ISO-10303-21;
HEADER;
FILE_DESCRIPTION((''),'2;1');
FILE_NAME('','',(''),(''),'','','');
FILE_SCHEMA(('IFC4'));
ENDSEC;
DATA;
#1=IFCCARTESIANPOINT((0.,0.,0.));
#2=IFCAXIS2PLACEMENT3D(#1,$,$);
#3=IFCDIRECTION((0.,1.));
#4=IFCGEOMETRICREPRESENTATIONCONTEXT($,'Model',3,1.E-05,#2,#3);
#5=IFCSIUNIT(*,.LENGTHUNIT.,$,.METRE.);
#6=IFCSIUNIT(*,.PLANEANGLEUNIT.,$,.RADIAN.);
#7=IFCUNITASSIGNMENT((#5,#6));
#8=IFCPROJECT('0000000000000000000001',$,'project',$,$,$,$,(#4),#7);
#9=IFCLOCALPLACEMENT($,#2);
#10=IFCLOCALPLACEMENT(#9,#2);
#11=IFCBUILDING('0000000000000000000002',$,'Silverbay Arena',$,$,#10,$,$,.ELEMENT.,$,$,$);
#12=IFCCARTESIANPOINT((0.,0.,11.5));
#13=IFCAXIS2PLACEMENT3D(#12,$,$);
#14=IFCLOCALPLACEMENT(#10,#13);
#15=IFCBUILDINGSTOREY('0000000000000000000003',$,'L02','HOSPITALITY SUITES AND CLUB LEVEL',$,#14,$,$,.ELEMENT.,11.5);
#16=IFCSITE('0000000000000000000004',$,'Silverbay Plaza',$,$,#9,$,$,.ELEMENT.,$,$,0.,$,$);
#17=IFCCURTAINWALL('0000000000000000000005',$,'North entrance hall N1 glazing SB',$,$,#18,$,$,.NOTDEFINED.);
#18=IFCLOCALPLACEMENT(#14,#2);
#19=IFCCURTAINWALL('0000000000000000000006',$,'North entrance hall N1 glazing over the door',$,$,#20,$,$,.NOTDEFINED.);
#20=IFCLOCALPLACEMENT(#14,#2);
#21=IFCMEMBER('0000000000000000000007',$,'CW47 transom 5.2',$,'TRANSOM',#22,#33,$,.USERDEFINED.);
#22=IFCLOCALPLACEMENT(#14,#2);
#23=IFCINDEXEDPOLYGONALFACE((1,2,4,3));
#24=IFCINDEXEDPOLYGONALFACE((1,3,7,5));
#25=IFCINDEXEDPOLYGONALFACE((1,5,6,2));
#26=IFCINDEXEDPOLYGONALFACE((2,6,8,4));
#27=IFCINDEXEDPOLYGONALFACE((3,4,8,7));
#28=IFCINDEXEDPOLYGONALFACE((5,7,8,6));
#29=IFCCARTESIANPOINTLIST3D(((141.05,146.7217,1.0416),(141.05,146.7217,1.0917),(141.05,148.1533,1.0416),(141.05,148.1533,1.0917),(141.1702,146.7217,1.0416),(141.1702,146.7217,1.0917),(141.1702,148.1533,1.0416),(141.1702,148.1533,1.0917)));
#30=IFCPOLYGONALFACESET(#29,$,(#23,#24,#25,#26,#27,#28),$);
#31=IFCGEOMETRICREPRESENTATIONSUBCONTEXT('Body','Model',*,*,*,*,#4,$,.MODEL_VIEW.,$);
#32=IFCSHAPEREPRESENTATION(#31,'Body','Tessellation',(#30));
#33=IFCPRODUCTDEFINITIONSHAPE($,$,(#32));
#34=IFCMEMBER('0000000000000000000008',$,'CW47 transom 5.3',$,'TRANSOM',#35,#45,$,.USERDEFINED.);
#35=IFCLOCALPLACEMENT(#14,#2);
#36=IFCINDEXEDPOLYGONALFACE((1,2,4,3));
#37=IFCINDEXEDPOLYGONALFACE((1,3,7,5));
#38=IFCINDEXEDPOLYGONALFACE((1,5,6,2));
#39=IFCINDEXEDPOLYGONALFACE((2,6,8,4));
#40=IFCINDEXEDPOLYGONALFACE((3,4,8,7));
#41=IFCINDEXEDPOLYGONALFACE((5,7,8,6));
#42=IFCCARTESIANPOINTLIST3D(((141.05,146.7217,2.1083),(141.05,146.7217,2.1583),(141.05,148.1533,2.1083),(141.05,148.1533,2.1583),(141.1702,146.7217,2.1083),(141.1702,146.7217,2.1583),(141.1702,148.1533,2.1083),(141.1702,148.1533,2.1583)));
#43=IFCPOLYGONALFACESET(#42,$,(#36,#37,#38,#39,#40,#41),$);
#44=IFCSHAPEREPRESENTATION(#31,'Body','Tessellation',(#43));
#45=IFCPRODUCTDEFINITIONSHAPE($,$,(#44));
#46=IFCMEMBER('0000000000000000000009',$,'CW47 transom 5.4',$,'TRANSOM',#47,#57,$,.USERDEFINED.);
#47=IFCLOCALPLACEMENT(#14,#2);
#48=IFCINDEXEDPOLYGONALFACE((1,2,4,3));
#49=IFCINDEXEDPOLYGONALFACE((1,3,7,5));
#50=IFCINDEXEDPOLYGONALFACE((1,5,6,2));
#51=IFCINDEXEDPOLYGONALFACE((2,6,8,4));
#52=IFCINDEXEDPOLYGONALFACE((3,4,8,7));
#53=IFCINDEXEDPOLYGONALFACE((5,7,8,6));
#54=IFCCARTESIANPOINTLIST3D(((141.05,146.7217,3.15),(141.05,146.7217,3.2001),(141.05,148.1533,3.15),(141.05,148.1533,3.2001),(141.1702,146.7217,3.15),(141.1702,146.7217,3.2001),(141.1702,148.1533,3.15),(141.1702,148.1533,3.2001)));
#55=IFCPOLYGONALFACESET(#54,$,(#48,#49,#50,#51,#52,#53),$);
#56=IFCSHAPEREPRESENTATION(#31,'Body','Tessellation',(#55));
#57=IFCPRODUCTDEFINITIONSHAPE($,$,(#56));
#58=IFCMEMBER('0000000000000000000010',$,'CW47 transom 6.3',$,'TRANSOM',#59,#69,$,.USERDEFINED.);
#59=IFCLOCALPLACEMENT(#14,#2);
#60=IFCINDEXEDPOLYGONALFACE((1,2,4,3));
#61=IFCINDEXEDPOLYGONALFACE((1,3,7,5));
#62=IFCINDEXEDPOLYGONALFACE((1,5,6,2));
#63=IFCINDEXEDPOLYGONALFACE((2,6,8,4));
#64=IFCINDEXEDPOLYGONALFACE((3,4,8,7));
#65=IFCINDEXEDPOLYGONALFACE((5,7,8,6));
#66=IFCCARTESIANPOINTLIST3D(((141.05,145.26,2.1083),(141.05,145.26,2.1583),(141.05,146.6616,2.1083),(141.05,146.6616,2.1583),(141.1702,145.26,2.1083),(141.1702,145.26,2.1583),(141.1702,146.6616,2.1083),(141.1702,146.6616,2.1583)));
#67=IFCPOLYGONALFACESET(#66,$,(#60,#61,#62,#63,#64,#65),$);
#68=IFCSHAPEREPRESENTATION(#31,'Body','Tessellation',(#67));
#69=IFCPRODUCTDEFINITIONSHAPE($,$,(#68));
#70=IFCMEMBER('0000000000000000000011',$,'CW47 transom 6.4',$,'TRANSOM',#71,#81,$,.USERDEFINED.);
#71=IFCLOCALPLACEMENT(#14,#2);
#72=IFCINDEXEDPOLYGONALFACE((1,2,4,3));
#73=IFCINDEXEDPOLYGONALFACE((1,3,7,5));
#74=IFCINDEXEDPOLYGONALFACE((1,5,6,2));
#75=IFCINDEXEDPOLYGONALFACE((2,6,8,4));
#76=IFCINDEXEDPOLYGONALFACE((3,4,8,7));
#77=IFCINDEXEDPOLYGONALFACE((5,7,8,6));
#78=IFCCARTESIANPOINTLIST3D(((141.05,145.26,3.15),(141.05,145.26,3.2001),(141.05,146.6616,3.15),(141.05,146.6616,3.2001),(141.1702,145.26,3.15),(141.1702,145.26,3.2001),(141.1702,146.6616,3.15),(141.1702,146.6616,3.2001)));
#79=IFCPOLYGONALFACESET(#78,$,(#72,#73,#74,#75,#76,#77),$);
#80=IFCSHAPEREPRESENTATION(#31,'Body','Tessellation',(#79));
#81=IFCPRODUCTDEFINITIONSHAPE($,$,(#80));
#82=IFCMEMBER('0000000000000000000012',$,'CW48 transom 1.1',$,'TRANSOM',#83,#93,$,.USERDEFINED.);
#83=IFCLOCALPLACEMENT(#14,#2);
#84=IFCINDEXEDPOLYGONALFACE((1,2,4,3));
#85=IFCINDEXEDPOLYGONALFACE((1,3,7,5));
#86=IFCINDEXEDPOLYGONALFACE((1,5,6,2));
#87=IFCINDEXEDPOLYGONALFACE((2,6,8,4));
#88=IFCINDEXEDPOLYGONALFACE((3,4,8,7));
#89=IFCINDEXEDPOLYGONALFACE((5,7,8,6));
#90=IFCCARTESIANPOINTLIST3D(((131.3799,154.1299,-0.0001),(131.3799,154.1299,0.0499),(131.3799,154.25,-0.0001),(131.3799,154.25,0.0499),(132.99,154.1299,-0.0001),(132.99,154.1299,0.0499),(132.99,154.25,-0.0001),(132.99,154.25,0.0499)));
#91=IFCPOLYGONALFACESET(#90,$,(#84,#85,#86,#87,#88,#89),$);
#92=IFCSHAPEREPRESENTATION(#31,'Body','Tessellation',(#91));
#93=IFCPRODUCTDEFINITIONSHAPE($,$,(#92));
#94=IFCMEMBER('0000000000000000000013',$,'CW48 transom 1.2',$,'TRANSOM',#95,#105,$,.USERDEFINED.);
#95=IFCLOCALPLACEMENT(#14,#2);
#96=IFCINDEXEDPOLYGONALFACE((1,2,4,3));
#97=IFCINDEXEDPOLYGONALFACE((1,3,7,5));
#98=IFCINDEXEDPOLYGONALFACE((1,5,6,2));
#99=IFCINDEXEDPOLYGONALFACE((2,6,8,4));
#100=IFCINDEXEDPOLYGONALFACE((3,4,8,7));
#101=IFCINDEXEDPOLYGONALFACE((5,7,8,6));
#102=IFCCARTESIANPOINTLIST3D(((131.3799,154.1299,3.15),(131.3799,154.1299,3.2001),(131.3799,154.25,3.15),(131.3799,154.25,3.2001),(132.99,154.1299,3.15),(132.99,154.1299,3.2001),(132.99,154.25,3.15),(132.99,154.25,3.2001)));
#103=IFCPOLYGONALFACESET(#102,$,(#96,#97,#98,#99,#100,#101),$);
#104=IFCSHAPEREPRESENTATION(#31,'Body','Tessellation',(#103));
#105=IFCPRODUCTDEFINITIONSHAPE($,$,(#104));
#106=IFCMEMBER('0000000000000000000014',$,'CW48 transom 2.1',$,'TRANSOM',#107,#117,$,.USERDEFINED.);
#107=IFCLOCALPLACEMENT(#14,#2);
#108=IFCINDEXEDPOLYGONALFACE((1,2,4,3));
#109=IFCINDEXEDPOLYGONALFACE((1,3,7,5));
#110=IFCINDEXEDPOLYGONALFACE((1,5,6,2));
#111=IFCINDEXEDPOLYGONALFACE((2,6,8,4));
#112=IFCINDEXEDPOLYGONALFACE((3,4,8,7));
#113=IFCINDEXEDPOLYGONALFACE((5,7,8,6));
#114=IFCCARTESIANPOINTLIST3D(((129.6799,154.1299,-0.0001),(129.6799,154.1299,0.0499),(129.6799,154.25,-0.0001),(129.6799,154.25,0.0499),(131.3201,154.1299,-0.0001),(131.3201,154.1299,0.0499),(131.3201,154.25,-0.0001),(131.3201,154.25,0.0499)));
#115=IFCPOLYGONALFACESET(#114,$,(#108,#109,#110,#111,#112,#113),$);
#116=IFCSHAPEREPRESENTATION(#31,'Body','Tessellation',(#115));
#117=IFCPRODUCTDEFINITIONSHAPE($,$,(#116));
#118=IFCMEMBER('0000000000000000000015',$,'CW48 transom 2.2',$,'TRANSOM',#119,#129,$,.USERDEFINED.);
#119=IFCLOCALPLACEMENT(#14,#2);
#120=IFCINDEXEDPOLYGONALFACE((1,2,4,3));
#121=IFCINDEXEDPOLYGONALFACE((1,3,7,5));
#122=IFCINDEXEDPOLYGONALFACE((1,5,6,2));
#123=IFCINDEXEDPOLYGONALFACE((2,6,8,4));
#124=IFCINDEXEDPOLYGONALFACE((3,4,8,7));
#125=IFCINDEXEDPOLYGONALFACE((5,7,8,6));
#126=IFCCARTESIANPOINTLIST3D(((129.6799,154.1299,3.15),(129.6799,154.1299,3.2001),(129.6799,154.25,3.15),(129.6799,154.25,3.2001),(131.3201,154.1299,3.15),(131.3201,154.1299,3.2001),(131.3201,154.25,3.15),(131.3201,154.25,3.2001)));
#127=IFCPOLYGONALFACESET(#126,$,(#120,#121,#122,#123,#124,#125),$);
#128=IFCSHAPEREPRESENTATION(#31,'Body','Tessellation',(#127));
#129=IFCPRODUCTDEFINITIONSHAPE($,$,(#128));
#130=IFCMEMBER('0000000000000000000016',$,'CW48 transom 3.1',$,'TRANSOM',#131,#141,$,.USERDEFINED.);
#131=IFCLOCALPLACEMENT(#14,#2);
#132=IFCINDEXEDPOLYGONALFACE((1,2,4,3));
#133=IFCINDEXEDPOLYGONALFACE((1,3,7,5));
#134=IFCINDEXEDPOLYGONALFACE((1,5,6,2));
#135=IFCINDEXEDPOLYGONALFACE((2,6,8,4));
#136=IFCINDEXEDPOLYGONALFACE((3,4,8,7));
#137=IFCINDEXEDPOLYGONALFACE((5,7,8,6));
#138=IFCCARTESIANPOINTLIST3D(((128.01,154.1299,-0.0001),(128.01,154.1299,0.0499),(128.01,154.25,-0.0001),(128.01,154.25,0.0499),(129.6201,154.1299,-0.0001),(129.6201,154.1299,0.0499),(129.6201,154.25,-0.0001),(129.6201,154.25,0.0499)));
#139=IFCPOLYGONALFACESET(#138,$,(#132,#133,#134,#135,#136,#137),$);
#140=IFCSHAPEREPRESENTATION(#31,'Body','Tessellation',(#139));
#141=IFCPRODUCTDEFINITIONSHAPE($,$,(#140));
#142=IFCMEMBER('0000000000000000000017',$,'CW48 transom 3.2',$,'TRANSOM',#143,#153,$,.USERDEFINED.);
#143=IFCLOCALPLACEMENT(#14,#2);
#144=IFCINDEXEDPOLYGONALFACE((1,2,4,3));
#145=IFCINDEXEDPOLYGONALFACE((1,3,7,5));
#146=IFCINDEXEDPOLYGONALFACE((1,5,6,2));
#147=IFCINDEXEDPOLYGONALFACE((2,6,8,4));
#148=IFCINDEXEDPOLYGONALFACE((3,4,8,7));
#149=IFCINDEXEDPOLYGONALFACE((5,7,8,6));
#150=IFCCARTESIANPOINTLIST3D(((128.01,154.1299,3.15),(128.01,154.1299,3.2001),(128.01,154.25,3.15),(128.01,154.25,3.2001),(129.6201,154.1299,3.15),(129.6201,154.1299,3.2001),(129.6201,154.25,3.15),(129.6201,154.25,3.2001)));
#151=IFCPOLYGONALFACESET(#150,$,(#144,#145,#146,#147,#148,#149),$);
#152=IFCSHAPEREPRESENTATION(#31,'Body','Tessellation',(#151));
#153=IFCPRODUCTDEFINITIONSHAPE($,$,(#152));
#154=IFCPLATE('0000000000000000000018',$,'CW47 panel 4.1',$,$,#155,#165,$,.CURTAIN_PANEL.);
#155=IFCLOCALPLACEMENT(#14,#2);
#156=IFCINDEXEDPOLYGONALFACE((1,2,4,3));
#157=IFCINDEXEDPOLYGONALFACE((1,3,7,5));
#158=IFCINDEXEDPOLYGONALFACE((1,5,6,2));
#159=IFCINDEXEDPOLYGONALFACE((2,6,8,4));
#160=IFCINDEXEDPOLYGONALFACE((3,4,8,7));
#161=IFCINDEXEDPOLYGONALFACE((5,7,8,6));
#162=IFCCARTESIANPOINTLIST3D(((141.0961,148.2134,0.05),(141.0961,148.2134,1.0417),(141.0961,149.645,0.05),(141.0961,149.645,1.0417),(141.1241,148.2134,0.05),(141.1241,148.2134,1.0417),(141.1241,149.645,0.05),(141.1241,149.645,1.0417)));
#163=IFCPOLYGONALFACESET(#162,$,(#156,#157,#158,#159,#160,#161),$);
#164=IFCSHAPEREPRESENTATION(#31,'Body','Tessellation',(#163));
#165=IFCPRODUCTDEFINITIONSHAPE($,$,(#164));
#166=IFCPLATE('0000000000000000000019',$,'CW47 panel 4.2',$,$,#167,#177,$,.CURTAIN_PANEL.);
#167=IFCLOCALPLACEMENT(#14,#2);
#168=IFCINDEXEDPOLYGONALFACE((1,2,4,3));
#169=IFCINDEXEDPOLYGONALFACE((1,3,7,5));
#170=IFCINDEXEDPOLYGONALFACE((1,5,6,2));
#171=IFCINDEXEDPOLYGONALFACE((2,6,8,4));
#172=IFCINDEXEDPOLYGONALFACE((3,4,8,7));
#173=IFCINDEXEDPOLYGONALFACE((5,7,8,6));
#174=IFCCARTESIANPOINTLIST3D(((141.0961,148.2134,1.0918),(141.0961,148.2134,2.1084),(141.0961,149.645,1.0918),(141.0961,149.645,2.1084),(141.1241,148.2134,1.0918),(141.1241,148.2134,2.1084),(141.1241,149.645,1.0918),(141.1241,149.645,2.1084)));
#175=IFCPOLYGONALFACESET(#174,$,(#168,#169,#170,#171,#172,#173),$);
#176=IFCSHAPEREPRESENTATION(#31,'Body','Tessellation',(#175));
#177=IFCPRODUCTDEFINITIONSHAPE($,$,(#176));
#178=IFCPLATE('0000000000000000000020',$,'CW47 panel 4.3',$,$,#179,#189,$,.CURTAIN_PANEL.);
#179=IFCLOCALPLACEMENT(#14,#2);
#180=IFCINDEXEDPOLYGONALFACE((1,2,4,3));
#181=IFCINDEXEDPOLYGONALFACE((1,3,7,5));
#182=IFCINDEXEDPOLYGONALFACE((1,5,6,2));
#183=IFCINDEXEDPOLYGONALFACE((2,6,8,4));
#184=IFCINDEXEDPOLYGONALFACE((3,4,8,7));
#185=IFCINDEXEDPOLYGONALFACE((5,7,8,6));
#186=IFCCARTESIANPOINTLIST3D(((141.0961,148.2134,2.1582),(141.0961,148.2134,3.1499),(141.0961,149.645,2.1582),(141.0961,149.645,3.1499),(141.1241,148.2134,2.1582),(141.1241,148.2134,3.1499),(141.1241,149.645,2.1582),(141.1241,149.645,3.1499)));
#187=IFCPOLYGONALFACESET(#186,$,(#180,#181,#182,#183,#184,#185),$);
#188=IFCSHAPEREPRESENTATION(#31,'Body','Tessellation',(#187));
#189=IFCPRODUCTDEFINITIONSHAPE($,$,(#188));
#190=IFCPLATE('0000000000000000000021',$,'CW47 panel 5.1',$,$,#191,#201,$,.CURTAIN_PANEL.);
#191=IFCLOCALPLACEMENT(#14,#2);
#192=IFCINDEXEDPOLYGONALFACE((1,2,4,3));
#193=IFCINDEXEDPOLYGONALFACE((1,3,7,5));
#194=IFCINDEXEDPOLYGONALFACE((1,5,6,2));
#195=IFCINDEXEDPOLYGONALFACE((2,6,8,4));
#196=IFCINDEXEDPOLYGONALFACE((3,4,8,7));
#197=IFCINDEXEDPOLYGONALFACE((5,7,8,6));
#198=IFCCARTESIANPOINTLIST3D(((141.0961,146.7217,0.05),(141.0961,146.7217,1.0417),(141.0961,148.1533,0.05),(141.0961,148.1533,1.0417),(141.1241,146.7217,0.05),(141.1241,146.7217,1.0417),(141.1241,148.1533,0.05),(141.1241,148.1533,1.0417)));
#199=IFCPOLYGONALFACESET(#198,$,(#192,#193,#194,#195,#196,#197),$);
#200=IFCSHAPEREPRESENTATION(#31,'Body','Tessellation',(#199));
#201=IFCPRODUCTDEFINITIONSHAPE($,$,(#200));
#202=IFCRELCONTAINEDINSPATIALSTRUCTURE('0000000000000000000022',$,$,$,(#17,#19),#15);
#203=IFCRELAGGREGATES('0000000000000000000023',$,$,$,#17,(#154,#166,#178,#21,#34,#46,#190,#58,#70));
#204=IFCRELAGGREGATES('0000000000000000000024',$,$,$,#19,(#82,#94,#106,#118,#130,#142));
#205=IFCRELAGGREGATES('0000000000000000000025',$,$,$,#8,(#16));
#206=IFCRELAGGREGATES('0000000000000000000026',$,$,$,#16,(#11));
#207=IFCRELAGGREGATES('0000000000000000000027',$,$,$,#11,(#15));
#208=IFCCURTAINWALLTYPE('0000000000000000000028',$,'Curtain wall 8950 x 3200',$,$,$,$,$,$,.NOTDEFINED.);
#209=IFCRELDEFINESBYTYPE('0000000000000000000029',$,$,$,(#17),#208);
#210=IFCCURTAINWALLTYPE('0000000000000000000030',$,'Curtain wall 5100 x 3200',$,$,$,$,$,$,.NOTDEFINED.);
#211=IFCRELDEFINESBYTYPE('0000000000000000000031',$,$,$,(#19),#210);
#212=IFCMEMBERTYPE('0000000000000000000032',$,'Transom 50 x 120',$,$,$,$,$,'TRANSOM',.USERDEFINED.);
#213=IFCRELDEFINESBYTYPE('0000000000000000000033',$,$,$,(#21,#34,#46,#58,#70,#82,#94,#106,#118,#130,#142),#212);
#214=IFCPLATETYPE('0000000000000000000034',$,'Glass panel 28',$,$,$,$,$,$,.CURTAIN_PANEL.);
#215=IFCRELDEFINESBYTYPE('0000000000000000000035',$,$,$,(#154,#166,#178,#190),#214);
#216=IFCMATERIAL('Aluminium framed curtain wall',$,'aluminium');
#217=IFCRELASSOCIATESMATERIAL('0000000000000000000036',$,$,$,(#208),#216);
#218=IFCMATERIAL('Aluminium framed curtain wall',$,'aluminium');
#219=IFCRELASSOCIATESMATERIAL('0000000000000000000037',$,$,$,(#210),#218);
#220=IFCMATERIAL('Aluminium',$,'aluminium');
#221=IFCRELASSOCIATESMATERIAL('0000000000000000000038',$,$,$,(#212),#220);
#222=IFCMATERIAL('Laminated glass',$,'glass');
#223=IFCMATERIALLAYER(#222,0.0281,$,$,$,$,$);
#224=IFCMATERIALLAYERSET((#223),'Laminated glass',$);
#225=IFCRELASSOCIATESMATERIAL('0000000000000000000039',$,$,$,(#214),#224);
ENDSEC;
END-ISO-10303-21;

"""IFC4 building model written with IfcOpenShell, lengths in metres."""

from ifc_helpers import new_model, si_unit, direction, frame, origin, origin_2d, place, context, subcontext, project, spatial, rectangle, extrude, material, layer, layer_set, material_profile, profile_set, type_object, element, aggregate, save


model = new_model("IFC4")

# Units and contexts
model_context = context("Model", 3, precision=1e-05, world=origin(), true_north=direction((0.0, 1.0)))
body_context = subcontext(model_context, "Body", "Model", "MODEL_VIEW")
ifc_project = project(units=[si_unit("LENGTHUNIT", "METRE"), si_unit("PLANEANGLEUNIT", "RADIAN")], contexts=[model_context])

# Site, building, storey
site_placement = place(None, origin())
site = spatial("IfcSite", under=ifc_project, at=site_placement, Name="Silverbay Plaza", CompositionType="ELEMENT", RefElevation=0.0)
building_placement = place(site_placement, origin())
building = spatial("IfcBuilding", under=site, at=building_placement, Name="Silverbay Arena", CompositionType="ELEMENT")
storey_placement = place(building_placement, frame((0.0, 0.0, 11.5)))
storey = spatial("IfcBuildingStorey", under=building, at=storey_placement, Name="L02", Description="HOSPITALITY SUITES AND CLUB LEVEL", CompositionType="ELEMENT", Elevation=11.5)

# Curtain walls
ifc_material_1 = material(Name="Aluminium framed curtain wall", Category="aluminium")
curtain_wall_type_1 = type_object("IfcCurtainWallType", Name="Curtain wall 8950 x 3200", PredefinedType="NOTDEFINED", material=ifc_material_1)
curtain_wall_1_placement = place(storey_placement, origin())
curtain_wall_1 = element("IfcCurtainWall", 1, at=curtain_wall_1_placement, inside=storey, type_object=curtain_wall_type_1, Name="North entrance hall N1 glazing SB", PredefinedType="NOTDEFINED")
ifc_material_2 = material(Name="Aluminium framed curtain wall", Category="aluminium")
curtain_wall_type_2 = type_object("IfcCurtainWallType", Name="Curtain wall 5100 x 3200", PredefinedType="NOTDEFINED", material=ifc_material_2)
curtain_wall_2_placement = place(storey_placement, origin())
curtain_wall_2 = element("IfcCurtainWall", 2, at=curtain_wall_2_placement, inside=storey, type_object=curtain_wall_type_2, Name="North entrance hall N1 glazing over the door", PredefinedType="NOTDEFINED")

# Members
ifc_material_3 = material(Name="Aluminium", Category="aluminium")
ifc_material_profile_1 = material_profile(ifc_material_3, rectangle(XDim=0.1201, YDim=0.05, at=origin_2d()), Name="Transom 50 x 120")
ifc_profile_set_1 = profile_set([ifc_material_profile_1], Name="Aluminium")
member_type_1 = type_object("IfcMemberType", Name="Transom 50 x 120", ElementType="TRANSOM", PredefinedType="USERDEFINED", material=ifc_profile_set_1)
member_1_placement = place(storey_placement, frame((141.1101, 148.1533, 1.0667), z_axis=(0.0, -1.0, 0.0), x_axis=(1.0, 0.0, 0.0)))
member_1 = element("IfcMember", 3, at=member_1_placement, type_object=member_type_1, Name="CW47 transom 5.2", ObjectType="TRANSOM", PredefinedType="USERDEFINED", context=body_context, shape_type="SweptSolid", body=[
    extrude(rectangle(XDim=0.1201, YDim=0.05, at=origin_2d()), origin(), (0.0, 0.0, 1.0), 1.4316),
])
member_2_placement = place(storey_placement, frame((141.1101, 148.1533, 2.1333), z_axis=(0.0, -1.0, 0.0), x_axis=(1.0, 0.0, 0.0)))
member_2 = element("IfcMember", 4, at=member_2_placement, type_object=member_type_1, Name="CW47 transom 5.3", ObjectType="TRANSOM", PredefinedType="USERDEFINED", context=body_context, shape_type="SweptSolid", body=[
    extrude(rectangle(XDim=0.1201, YDim=0.05, at=origin_2d()), origin(), (0.0, 0.0, 1.0), 1.4316),
])
member_3_placement = place(storey_placement, frame((141.1101, 148.1533, 3.175), z_axis=(0.0, -1.0, 0.0), x_axis=(1.0, 0.0, 0.0)))
member_3 = element("IfcMember", 5, at=member_3_placement, type_object=member_type_1, Name="CW47 transom 5.4", ObjectType="TRANSOM", PredefinedType="USERDEFINED", context=body_context, shape_type="SweptSolid", body=[
    extrude(rectangle(XDim=0.1201, YDim=0.05, at=origin_2d()), origin(), (0.0, 0.0, 1.0), 1.4316),
])
member_4_placement = place(storey_placement, frame((141.1101, 146.6616, 2.1333), z_axis=(0.0, -1.0, 0.0), x_axis=(1.0, 0.0, 0.0)))
member_4 = element("IfcMember", 6, at=member_4_placement, type_object=member_type_1, Name="CW47 transom 6.3", ObjectType="TRANSOM", PredefinedType="USERDEFINED", context=body_context, shape_type="SweptSolid", body=[
    extrude(rectangle(XDim=0.1201, YDim=0.05, at=origin_2d()), origin(), (0.0, 0.0, 1.0), 1.4016),
])
member_5_placement = place(storey_placement, frame((141.1101, 146.6616, 3.175), z_axis=(0.0, -1.0, 0.0), x_axis=(1.0, 0.0, 0.0)))
member_5 = element("IfcMember", 7, at=member_5_placement, type_object=member_type_1, Name="CW47 transom 6.4", ObjectType="TRANSOM", PredefinedType="USERDEFINED", context=body_context, shape_type="SweptSolid", body=[
    extrude(rectangle(XDim=0.1201, YDim=0.05, at=origin_2d()), origin(), (0.0, 0.0, 1.0), 1.4016),
])
member_6_placement = place(storey_placement, frame((132.99, 154.1899, 0.0249), z_axis=(-1.0, 0.0, 0.0), x_axis=(0.0, -1.0, 0.0)))
member_6 = element("IfcMember", 8, at=member_6_placement, type_object=member_type_1, Name="CW48 transom 1.1", ObjectType="TRANSOM", PredefinedType="USERDEFINED", context=body_context, shape_type="SweptSolid", body=[
    extrude(rectangle(XDim=0.1201, YDim=0.05, at=origin_2d()), origin(), (0.0, 0.0, 1.0), 1.6101),
])
member_7_placement = place(storey_placement, frame((132.99, 154.1899, 3.175), z_axis=(-1.0, 0.0, 0.0), x_axis=(0.0, -1.0, 0.0)))
member_7 = element("IfcMember", 9, at=member_7_placement, type_object=member_type_1, Name="CW48 transom 1.2", ObjectType="TRANSOM", PredefinedType="USERDEFINED", context=body_context, shape_type="SweptSolid", body=[
    extrude(rectangle(XDim=0.1201, YDim=0.05, at=origin_2d()), origin(), (0.0, 0.0, 1.0), 1.6101),
])
member_8_placement = place(storey_placement, frame((131.3201, 154.1899, 0.0249), z_axis=(-1.0, 0.0, 0.0), x_axis=(0.0, -1.0, 0.0)))
member_8 = element("IfcMember", 10, at=member_8_placement, type_object=member_type_1, Name="CW48 transom 2.1", ObjectType="TRANSOM", PredefinedType="USERDEFINED", context=body_context, shape_type="SweptSolid", body=[
    extrude(rectangle(XDim=0.1201, YDim=0.05, at=origin_2d()), origin(), (0.0, 0.0, 1.0), 1.6401),
])
member_9_placement = place(storey_placement, frame((131.3201, 154.1899, 3.175), z_axis=(-1.0, 0.0, 0.0), x_axis=(0.0, -1.0, 0.0)))
member_9 = element("IfcMember", 11, at=member_9_placement, type_object=member_type_1, Name="CW48 transom 2.2", ObjectType="TRANSOM", PredefinedType="USERDEFINED", context=body_context, shape_type="SweptSolid", body=[
    extrude(rectangle(XDim=0.1201, YDim=0.05, at=origin_2d()), origin(), (0.0, 0.0, 1.0), 1.6401),
])
member_10_placement = place(storey_placement, frame((129.6201, 154.1899, 0.0249), z_axis=(-1.0, 0.0, 0.0), x_axis=(0.0, -1.0, 0.0)))
member_10 = element("IfcMember", 12, at=member_10_placement, type_object=member_type_1, Name="CW48 transom 3.1", ObjectType="TRANSOM", PredefinedType="USERDEFINED", context=body_context, shape_type="SweptSolid", body=[
    extrude(rectangle(XDim=0.1201, YDim=0.05, at=origin_2d()), origin(), (0.0, 0.0, 1.0), 1.6101),
])
member_11_placement = place(storey_placement, frame((129.6201, 154.1899, 3.175), z_axis=(-1.0, 0.0, 0.0), x_axis=(0.0, -1.0, 0.0)))
member_11 = element("IfcMember", 13, at=member_11_placement, type_object=member_type_1, Name="CW48 transom 3.2", ObjectType="TRANSOM", PredefinedType="USERDEFINED", context=body_context, shape_type="SweptSolid", body=[
    extrude(rectangle(XDim=0.1201, YDim=0.05, at=origin_2d()), origin(), (0.0, 0.0, 1.0), 1.6101),
])

# Plates
ifc_material_4 = material(Name="Laminated glass", Category="glass")
ifc_layer = layer(ifc_material_4, 0.0281)
ifc_layer_set = layer_set([ifc_layer], Name="Laminated glass")
plate_type = type_object("IfcPlateType", Name="Glass panel 28", PredefinedType="CURTAIN_PANEL", material=ifc_layer_set)
plate_1_placement = place(storey_placement, frame((141.1101, 148.9292, 0.05), z_axis=(0.0, 0.0, 1.0), x_axis=(0.0, -1.0, 0.0)))
plate_1 = element("IfcPlate", 14, at=plate_1_placement, type_object=plate_type, Name="CW47 panel 4.1", PredefinedType="CURTAIN_PANEL", context=body_context, shape_type="SweptSolid", body=[
    extrude(rectangle(XDim=1.4316, YDim=0.0281, at=origin_2d()), origin(), (0.0, 0.0, 1.0), 0.9917),
])
plate_2_placement = place(storey_placement, frame((141.1101, 148.9292, 1.0918), z_axis=(0.0, 0.0, 1.0), x_axis=(0.0, -1.0, 0.0)))
plate_2 = element("IfcPlate", 15, at=plate_2_placement, type_object=plate_type, Name="CW47 panel 4.2", PredefinedType="CURTAIN_PANEL", context=body_context, shape_type="SweptSolid", body=[
    extrude(rectangle(XDim=1.4316, YDim=0.0281, at=origin_2d()), origin(), (0.0, 0.0, 1.0), 1.0166),
])
plate_3_placement = place(storey_placement, frame((141.1101, 148.9292, 2.1582), z_axis=(0.0, 0.0, 1.0), x_axis=(0.0, -1.0, 0.0)))
plate_3 = element("IfcPlate", 16, at=plate_3_placement, type_object=plate_type, Name="CW47 panel 4.3", PredefinedType="CURTAIN_PANEL", context=body_context, shape_type="SweptSolid", body=[
    extrude(rectangle(XDim=1.4316, YDim=0.0281, at=origin_2d()), origin(), (0.0, 0.0, 1.0), 0.9917),
])
plate_4_placement = place(storey_placement, frame((141.1101, 147.4375, 0.05), z_axis=(0.0, 0.0, 1.0), x_axis=(0.0, -1.0, 0.0)))
plate_4 = element("IfcPlate", 17, at=plate_4_placement, type_object=plate_type, Name="CW47 panel 5.1", PredefinedType="CURTAIN_PANEL", context=body_context, shape_type="SweptSolid", body=[
    extrude(rectangle(XDim=1.4316, YDim=0.0281, at=origin_2d()), origin(), (0.0, 0.0, 1.0), 0.9917),
])
aggregate(curtain_wall_1, [plate_1, plate_2, plate_3, member_1, member_2, member_3, plate_4, member_4, member_5])
aggregate(curtain_wall_2, [member_6, member_7, member_8, member_9, member_10, member_11])

save(model, "model.ifc")
